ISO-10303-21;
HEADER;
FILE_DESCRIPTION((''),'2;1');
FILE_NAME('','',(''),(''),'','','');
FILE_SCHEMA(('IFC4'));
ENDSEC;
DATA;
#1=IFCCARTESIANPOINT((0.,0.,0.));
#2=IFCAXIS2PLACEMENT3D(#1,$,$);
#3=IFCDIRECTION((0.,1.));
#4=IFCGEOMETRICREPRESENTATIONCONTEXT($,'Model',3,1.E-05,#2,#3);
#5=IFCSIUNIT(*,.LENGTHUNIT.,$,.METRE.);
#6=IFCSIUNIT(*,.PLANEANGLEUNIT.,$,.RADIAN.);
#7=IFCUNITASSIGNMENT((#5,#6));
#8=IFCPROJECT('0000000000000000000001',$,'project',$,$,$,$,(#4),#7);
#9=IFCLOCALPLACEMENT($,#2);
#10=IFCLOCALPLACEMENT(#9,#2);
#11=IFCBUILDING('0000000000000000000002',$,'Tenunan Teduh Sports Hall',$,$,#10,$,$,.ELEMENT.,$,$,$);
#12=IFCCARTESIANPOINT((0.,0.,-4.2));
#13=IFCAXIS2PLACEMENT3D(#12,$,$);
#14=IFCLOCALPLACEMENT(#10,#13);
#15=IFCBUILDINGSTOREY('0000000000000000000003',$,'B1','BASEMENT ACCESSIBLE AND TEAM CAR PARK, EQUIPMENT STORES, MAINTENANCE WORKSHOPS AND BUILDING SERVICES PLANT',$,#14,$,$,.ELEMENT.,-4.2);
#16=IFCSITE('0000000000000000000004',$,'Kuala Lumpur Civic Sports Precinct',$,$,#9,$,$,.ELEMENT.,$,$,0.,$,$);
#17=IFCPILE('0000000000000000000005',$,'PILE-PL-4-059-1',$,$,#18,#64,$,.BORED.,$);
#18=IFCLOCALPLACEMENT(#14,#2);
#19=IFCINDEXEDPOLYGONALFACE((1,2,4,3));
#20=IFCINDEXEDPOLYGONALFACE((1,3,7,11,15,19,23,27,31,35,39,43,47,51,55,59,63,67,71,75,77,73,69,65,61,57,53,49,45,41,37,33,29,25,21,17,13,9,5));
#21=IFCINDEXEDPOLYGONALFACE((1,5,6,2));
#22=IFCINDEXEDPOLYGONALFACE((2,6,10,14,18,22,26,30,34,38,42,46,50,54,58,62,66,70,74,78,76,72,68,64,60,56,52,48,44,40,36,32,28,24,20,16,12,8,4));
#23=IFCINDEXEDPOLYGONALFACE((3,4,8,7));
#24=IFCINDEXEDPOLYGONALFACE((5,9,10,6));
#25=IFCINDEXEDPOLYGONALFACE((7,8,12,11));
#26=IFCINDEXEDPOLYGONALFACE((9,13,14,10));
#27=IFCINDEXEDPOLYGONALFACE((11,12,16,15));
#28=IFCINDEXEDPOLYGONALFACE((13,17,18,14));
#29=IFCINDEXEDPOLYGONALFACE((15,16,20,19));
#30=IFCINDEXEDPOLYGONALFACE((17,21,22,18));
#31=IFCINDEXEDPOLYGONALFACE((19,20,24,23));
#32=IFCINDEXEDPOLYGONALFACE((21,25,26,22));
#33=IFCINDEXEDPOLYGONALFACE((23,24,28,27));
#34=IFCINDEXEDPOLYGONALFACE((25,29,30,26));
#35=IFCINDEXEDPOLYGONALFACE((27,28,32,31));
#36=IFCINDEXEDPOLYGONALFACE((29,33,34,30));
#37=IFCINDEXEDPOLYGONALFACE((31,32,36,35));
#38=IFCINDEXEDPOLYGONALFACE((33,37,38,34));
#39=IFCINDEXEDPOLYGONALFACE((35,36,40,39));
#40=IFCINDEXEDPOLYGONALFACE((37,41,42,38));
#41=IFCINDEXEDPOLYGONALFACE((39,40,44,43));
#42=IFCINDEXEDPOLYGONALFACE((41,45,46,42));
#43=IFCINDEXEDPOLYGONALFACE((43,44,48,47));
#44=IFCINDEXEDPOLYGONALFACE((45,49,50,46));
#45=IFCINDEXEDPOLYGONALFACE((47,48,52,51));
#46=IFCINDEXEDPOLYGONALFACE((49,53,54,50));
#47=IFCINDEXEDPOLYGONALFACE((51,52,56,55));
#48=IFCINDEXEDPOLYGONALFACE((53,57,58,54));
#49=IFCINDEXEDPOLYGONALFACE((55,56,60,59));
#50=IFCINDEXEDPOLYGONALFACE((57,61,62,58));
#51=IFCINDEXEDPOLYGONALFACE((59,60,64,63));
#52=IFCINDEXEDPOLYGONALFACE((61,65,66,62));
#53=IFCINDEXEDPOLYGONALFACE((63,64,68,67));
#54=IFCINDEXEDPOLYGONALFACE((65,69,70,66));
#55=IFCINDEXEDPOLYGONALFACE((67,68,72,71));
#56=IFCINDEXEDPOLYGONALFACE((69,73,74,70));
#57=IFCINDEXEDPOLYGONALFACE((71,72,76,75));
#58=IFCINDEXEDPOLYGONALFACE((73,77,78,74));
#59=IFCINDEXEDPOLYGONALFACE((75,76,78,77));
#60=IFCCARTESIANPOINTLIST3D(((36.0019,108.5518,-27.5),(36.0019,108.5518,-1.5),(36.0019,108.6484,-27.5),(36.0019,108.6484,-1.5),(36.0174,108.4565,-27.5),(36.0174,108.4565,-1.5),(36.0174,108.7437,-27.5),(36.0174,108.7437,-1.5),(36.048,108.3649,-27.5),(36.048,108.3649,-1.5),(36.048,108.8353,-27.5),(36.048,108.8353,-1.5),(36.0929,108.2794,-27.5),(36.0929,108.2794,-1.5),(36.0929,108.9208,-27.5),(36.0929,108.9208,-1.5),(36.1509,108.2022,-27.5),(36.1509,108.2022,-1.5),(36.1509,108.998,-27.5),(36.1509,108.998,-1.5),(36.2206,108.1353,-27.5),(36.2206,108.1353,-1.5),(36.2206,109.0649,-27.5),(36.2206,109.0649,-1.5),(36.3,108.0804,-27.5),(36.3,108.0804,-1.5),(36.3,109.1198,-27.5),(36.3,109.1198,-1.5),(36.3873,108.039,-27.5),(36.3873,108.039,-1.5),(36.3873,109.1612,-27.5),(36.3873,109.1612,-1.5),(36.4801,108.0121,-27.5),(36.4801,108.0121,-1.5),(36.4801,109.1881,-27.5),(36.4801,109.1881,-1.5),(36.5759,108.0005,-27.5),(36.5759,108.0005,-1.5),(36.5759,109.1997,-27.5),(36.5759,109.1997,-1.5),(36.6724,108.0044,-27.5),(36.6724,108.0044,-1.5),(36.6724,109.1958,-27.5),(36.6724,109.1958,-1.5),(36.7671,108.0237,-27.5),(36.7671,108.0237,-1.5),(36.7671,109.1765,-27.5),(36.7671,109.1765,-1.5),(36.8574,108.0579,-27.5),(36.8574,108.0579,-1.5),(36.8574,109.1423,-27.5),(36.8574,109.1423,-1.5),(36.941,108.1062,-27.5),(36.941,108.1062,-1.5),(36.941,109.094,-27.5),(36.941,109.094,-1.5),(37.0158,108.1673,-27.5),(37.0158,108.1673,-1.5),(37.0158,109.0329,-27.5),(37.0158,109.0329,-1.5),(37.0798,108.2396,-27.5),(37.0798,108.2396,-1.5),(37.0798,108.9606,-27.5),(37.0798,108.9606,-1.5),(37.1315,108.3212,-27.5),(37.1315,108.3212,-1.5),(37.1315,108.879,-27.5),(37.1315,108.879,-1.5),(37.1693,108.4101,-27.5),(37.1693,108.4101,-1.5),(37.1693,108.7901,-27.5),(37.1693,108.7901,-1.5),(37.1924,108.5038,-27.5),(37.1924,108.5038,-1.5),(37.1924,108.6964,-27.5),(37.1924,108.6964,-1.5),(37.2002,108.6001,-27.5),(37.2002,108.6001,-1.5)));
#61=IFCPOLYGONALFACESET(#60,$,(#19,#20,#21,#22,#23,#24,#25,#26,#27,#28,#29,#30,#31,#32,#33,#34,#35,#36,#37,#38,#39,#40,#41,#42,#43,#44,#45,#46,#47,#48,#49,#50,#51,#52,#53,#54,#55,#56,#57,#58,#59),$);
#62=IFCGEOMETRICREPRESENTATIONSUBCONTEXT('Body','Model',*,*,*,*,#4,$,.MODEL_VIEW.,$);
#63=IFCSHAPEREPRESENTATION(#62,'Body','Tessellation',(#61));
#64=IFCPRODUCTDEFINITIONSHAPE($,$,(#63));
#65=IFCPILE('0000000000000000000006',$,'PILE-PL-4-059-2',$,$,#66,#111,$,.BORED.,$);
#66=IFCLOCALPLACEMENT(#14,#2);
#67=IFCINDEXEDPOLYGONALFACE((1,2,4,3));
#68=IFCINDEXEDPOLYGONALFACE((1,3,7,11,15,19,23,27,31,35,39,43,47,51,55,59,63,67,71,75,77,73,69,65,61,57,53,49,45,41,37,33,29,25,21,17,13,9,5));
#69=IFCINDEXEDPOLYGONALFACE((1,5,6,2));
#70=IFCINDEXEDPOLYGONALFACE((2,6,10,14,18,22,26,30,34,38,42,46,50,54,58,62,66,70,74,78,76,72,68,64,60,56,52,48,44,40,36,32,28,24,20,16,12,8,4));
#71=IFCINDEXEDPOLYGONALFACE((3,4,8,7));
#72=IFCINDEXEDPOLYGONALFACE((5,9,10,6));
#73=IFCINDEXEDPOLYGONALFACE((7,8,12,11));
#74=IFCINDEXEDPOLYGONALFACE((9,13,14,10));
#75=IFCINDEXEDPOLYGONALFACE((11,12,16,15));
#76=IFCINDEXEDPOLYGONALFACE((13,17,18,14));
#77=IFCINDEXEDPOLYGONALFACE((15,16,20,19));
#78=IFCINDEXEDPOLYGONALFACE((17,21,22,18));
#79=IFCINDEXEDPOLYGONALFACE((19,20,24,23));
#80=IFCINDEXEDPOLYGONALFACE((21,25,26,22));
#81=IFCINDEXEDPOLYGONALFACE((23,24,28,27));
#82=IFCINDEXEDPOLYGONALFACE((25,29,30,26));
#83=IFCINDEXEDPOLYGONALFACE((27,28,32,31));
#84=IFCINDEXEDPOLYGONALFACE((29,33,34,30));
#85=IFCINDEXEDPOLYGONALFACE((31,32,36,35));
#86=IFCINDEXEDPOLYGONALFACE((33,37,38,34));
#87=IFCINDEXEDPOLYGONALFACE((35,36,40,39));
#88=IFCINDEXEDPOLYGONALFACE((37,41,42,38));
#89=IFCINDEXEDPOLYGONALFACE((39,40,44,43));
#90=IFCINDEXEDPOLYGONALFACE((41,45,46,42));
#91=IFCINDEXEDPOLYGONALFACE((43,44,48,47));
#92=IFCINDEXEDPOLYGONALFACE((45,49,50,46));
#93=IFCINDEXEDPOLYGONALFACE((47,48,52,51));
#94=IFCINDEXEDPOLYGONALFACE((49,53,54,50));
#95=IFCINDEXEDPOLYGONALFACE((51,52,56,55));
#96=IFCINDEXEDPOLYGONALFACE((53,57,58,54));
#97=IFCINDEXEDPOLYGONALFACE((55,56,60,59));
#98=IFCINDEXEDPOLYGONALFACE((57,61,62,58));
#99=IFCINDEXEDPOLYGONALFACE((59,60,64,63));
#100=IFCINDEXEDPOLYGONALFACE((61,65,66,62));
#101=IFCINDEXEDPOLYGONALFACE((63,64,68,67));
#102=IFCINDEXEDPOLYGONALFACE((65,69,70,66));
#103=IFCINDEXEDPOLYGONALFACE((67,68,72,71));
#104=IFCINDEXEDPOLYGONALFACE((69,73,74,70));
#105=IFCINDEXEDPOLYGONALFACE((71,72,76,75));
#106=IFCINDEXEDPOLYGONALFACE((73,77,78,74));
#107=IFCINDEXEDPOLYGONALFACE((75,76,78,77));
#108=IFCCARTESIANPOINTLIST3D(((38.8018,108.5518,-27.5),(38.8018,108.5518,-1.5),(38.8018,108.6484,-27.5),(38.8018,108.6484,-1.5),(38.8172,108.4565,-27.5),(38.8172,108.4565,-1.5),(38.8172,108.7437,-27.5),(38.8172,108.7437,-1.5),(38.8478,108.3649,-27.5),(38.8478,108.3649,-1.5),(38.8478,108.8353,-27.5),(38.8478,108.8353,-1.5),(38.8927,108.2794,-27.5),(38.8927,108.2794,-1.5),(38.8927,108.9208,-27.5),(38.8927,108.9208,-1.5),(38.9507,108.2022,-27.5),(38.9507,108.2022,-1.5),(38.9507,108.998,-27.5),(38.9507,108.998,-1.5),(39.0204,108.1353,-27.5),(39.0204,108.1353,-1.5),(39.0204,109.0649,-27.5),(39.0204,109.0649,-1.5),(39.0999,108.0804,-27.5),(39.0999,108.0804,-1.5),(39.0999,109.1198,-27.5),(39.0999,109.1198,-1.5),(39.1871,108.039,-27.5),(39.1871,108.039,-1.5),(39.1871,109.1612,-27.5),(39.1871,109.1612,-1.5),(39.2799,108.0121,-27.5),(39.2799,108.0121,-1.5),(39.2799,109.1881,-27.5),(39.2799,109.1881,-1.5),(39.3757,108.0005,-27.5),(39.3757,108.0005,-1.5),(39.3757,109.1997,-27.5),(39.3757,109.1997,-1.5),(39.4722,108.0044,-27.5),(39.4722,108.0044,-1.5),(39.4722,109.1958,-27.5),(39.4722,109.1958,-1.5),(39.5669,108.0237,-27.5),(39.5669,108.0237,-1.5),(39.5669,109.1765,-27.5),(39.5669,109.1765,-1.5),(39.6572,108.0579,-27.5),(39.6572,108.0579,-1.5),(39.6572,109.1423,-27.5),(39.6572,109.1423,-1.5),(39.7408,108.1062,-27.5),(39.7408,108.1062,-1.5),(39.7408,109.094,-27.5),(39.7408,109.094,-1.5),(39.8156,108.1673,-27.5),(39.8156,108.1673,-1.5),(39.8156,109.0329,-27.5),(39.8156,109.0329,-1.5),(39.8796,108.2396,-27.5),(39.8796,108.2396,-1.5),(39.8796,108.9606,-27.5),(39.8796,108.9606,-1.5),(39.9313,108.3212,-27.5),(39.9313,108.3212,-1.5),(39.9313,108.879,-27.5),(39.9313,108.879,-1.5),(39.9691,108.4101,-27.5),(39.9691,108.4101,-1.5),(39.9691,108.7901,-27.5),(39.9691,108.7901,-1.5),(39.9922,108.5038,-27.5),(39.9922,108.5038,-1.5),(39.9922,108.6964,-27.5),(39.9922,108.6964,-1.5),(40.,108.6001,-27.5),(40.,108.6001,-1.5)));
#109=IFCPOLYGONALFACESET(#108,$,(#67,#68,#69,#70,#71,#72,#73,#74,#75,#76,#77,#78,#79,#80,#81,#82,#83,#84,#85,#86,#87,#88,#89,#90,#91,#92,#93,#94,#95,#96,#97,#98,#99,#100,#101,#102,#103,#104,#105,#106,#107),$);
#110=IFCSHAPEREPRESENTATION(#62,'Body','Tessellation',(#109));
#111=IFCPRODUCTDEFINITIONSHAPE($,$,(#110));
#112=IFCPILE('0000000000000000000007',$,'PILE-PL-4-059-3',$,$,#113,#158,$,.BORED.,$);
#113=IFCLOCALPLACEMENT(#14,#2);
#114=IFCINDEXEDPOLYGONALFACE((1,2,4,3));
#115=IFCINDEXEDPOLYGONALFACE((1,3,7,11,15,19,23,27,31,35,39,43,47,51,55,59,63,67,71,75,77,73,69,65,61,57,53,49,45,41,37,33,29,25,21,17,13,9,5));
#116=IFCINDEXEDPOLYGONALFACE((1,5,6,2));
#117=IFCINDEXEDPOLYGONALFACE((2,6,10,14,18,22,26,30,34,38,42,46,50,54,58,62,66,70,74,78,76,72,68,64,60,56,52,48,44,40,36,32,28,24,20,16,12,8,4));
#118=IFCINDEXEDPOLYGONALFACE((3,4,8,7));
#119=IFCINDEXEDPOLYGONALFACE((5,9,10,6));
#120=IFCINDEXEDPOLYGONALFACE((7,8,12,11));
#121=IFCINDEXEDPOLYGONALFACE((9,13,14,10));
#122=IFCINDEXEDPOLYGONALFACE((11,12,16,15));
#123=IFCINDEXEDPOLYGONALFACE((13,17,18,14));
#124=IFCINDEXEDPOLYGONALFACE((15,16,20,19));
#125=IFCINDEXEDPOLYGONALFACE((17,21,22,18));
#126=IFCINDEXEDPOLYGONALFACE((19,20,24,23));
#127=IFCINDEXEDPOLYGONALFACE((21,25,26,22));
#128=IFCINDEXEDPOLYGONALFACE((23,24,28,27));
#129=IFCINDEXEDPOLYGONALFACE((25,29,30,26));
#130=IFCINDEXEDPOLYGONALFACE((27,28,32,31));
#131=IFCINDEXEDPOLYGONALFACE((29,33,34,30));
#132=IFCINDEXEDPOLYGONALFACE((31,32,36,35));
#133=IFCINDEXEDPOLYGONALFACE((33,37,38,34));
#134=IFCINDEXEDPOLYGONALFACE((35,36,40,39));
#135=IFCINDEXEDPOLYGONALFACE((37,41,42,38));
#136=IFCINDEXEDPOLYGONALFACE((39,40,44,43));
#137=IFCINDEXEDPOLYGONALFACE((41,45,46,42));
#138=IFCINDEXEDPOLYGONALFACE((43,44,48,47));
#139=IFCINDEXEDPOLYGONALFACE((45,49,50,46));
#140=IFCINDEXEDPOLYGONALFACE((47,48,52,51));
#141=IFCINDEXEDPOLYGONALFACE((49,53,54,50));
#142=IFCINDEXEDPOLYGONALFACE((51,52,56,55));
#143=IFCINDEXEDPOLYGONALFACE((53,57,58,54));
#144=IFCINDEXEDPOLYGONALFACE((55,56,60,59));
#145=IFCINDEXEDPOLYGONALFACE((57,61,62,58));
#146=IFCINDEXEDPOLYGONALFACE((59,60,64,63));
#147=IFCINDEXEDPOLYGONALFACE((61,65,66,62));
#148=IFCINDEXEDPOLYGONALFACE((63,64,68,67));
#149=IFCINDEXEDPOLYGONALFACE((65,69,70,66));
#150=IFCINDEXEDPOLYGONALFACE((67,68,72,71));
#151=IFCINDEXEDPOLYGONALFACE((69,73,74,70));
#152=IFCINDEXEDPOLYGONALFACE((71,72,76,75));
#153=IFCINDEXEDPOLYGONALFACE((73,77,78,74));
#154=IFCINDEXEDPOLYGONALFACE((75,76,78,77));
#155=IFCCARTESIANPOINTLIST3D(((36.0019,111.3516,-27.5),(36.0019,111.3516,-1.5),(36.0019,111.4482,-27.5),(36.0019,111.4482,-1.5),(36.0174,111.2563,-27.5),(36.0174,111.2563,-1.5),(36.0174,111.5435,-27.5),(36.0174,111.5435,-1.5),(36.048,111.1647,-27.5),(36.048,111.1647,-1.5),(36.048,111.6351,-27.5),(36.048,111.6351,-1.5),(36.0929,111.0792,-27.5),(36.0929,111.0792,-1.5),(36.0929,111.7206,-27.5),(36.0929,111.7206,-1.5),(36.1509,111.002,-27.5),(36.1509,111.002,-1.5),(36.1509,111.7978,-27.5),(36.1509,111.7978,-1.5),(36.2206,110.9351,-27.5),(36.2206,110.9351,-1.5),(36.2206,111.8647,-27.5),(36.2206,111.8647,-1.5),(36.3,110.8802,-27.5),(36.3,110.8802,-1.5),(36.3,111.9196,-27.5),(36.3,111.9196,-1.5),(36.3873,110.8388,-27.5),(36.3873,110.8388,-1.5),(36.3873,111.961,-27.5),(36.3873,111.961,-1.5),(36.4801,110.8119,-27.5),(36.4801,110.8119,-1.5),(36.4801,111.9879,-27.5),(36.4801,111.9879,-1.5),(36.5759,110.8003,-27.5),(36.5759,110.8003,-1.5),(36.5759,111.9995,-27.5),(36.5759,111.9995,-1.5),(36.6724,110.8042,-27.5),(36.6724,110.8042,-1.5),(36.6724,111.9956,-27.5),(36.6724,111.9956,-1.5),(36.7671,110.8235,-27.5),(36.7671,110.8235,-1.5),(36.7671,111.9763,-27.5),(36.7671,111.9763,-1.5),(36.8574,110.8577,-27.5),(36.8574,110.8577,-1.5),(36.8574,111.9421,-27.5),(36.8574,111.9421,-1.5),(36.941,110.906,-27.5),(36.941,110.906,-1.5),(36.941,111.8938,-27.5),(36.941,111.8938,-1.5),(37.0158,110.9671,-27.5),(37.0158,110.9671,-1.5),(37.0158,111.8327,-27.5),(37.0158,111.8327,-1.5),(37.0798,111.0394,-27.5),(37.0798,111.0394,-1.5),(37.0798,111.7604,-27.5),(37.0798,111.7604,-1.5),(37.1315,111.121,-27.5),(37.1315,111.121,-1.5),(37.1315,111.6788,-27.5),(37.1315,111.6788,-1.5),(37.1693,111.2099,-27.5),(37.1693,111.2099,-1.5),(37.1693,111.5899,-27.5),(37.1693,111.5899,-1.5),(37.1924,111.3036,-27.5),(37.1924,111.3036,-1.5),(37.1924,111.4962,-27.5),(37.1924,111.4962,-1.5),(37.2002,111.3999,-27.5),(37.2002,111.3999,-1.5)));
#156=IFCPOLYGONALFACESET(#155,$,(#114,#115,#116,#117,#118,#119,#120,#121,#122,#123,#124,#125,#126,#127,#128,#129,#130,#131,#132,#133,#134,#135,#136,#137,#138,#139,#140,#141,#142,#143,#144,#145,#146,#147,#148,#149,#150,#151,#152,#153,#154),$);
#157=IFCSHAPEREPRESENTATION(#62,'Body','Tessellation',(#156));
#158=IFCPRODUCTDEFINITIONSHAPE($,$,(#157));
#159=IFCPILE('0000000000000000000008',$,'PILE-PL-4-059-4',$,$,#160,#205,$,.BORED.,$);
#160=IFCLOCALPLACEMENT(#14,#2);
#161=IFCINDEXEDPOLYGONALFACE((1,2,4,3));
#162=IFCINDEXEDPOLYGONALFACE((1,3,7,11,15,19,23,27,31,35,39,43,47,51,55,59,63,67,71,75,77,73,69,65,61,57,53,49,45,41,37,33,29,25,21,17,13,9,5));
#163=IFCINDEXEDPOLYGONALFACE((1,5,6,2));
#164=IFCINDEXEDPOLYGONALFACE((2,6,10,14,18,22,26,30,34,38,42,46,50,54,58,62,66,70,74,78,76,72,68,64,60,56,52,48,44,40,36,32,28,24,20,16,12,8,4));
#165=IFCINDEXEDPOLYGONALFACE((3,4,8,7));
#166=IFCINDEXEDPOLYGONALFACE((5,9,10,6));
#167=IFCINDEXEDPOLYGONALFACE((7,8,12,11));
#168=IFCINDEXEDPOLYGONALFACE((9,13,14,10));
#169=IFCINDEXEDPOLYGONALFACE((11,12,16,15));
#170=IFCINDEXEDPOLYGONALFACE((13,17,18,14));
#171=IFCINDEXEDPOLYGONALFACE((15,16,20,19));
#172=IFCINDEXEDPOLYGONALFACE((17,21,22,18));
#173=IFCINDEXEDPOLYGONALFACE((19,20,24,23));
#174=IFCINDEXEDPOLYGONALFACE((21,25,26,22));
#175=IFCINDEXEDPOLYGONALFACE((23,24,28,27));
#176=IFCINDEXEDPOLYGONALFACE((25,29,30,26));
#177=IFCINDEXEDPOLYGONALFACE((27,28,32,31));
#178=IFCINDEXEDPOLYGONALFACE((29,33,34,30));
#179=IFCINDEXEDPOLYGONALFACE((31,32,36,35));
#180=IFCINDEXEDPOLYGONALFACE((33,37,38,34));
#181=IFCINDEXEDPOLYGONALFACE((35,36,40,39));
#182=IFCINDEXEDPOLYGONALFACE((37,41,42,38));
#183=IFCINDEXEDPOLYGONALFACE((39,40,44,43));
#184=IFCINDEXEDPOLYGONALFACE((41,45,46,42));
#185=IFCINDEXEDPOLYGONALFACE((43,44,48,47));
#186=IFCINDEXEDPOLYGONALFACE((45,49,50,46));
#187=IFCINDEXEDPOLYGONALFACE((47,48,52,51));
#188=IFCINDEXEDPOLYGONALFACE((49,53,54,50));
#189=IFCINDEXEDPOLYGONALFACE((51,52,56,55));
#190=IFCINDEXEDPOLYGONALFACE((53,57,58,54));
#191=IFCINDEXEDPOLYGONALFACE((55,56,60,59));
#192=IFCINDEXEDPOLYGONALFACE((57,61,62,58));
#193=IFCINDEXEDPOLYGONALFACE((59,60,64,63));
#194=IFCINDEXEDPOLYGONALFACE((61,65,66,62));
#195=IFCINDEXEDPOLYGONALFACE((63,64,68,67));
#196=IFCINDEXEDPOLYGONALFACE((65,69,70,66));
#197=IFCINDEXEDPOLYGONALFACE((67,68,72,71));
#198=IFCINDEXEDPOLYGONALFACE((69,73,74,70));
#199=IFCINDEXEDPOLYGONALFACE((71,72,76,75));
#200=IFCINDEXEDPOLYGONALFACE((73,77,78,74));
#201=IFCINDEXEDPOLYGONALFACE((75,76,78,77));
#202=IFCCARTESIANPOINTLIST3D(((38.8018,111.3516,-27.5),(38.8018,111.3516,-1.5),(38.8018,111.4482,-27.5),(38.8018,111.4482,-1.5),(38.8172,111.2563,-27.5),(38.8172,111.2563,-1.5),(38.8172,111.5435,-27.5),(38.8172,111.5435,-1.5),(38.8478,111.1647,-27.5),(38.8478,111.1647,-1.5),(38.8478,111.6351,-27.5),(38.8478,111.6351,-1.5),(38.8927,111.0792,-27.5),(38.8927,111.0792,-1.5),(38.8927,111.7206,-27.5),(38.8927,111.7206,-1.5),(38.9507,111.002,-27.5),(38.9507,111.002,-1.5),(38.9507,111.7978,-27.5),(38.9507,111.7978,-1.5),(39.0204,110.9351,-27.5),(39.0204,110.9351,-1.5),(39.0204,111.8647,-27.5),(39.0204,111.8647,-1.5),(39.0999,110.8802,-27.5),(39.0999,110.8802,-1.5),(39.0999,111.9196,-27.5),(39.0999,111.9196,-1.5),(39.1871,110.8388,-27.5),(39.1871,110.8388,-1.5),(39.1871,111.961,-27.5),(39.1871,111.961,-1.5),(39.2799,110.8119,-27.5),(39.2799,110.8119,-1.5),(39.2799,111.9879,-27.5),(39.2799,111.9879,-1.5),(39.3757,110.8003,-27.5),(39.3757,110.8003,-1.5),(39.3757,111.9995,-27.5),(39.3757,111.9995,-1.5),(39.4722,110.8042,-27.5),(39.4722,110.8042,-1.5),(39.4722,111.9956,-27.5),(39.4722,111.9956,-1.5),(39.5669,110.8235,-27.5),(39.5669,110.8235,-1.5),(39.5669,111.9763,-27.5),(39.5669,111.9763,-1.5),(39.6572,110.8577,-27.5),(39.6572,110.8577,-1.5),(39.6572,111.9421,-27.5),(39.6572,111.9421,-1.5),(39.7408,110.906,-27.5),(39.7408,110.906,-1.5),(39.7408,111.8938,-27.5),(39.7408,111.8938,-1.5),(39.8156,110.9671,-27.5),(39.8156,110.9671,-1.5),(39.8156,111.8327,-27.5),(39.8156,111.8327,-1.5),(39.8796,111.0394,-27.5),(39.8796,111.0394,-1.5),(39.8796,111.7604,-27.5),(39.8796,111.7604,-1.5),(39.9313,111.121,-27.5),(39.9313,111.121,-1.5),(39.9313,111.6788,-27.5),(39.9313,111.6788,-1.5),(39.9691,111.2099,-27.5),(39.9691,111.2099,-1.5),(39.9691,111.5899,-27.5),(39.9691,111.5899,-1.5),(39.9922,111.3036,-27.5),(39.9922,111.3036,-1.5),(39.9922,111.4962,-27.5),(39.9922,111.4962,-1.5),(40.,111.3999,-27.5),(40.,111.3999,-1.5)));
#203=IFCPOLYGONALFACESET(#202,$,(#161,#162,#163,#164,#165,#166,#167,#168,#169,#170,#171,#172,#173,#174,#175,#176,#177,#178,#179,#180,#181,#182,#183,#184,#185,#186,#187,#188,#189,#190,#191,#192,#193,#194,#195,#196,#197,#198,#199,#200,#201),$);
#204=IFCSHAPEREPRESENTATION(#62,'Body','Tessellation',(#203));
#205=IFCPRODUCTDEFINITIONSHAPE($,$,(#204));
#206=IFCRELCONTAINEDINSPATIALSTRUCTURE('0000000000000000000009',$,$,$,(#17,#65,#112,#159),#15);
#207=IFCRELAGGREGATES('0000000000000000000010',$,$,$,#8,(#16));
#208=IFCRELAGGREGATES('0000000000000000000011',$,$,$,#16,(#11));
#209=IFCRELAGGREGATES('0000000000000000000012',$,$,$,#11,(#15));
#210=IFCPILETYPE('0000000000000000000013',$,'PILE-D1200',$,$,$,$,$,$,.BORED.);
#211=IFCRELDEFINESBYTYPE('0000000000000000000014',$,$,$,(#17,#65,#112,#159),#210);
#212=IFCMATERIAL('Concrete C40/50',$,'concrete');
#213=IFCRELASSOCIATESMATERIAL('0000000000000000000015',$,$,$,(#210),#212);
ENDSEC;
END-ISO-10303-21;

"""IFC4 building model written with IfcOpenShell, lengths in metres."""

from ifc_helpers import new_model, si_unit, direction, frame, origin, origin_2d, place, context, subcontext, project, spatial, circle, extrude, material, material_profile, profile_set, type_object, element, save


model = new_model("IFC4")

# Units and contexts
model_context = context("Model", 3, precision=1e-05, world=origin(), true_north=direction((0.0, 1.0)))
body_context = subcontext(model_context, "Body", "Model", "MODEL_VIEW")
ifc_project = project(units=[si_unit("LENGTHUNIT", "METRE"), si_unit("PLANEANGLEUNIT", "RADIAN")], contexts=[model_context])

# Site, building, storey
site_placement = place(None, origin())
site = spatial("IfcSite", under=ifc_project, at=site_placement, Name="Kuala Lumpur Civic Sports Precinct", CompositionType="ELEMENT", RefElevation=0.0)
building_placement = place(site_placement, origin())
building = spatial("IfcBuilding", under=site, at=building_placement, Name="Tenunan Teduh Sports Hall", CompositionType="ELEMENT")
storey_placement = place(building_placement, frame((0.0, 0.0, -4.2)))
storey = spatial("IfcBuildingStorey", under=building, at=storey_placement, Name="B1", Description="BASEMENT ACCESSIBLE AND TEAM CAR PARK, EQUIPMENT STORES, MAINTENANCE WORKSHOPS AND BUILDING SERVICES PLANT", CompositionType="ELEMENT", Elevation=-4.2)

# Piles
ifc_material_1 = material(Name="Concrete C40/50", Category="concrete")
ifc_material_profile_1 = material_profile(ifc_material_1, circle(Radius=0.6001, at=origin_2d()), Name="PILE D1200")
ifc_profile_set_1 = profile_set([ifc_material_profile_1], Name="Concrete C40/50")
pile_type_1 = type_object("IfcPileType", Name="PILE-D1200", PredefinedType="BORED", material=ifc_profile_set_1)
for number, where, z_axis, x_axis, name in (
    (1, (36.6001, 108.6001, -1.5), (0.0, 0.0, -1.0), (1.0, 0.0, 0.0), "PILE-PL-4-059-1"),
    (2, (39.3999, 108.6001, -1.5), (0.0, 0.0, -1.0), (1.0, 0.0, 0.0), "PILE-PL-4-059-2"),
    (3, (36.6001, 111.3999, -1.5), (0.0, 0.0, -1.0), (1.0, 0.0, 0.0), "PILE-PL-4-059-3"),
    (4, (39.3999, 111.3999, -1.5), (0.0, 0.0, -1.0), (1.0, 0.0, 0.0), "PILE-PL-4-059-4"),
):
    element("IfcPile", number, at=place(storey_placement, frame(where, z_axis=z_axis, x_axis=x_axis)), inside=storey, type_object=pile_type_1, Name=name, PredefinedType="BORED", context=body_context, shape_type="SweptSolid", body=[
        extrude(circle(Radius=0.6001, at=origin_2d()), origin(), (0.0, 0.0, 1.0), 26.0),
    ])

save(model, "model.ifc")
